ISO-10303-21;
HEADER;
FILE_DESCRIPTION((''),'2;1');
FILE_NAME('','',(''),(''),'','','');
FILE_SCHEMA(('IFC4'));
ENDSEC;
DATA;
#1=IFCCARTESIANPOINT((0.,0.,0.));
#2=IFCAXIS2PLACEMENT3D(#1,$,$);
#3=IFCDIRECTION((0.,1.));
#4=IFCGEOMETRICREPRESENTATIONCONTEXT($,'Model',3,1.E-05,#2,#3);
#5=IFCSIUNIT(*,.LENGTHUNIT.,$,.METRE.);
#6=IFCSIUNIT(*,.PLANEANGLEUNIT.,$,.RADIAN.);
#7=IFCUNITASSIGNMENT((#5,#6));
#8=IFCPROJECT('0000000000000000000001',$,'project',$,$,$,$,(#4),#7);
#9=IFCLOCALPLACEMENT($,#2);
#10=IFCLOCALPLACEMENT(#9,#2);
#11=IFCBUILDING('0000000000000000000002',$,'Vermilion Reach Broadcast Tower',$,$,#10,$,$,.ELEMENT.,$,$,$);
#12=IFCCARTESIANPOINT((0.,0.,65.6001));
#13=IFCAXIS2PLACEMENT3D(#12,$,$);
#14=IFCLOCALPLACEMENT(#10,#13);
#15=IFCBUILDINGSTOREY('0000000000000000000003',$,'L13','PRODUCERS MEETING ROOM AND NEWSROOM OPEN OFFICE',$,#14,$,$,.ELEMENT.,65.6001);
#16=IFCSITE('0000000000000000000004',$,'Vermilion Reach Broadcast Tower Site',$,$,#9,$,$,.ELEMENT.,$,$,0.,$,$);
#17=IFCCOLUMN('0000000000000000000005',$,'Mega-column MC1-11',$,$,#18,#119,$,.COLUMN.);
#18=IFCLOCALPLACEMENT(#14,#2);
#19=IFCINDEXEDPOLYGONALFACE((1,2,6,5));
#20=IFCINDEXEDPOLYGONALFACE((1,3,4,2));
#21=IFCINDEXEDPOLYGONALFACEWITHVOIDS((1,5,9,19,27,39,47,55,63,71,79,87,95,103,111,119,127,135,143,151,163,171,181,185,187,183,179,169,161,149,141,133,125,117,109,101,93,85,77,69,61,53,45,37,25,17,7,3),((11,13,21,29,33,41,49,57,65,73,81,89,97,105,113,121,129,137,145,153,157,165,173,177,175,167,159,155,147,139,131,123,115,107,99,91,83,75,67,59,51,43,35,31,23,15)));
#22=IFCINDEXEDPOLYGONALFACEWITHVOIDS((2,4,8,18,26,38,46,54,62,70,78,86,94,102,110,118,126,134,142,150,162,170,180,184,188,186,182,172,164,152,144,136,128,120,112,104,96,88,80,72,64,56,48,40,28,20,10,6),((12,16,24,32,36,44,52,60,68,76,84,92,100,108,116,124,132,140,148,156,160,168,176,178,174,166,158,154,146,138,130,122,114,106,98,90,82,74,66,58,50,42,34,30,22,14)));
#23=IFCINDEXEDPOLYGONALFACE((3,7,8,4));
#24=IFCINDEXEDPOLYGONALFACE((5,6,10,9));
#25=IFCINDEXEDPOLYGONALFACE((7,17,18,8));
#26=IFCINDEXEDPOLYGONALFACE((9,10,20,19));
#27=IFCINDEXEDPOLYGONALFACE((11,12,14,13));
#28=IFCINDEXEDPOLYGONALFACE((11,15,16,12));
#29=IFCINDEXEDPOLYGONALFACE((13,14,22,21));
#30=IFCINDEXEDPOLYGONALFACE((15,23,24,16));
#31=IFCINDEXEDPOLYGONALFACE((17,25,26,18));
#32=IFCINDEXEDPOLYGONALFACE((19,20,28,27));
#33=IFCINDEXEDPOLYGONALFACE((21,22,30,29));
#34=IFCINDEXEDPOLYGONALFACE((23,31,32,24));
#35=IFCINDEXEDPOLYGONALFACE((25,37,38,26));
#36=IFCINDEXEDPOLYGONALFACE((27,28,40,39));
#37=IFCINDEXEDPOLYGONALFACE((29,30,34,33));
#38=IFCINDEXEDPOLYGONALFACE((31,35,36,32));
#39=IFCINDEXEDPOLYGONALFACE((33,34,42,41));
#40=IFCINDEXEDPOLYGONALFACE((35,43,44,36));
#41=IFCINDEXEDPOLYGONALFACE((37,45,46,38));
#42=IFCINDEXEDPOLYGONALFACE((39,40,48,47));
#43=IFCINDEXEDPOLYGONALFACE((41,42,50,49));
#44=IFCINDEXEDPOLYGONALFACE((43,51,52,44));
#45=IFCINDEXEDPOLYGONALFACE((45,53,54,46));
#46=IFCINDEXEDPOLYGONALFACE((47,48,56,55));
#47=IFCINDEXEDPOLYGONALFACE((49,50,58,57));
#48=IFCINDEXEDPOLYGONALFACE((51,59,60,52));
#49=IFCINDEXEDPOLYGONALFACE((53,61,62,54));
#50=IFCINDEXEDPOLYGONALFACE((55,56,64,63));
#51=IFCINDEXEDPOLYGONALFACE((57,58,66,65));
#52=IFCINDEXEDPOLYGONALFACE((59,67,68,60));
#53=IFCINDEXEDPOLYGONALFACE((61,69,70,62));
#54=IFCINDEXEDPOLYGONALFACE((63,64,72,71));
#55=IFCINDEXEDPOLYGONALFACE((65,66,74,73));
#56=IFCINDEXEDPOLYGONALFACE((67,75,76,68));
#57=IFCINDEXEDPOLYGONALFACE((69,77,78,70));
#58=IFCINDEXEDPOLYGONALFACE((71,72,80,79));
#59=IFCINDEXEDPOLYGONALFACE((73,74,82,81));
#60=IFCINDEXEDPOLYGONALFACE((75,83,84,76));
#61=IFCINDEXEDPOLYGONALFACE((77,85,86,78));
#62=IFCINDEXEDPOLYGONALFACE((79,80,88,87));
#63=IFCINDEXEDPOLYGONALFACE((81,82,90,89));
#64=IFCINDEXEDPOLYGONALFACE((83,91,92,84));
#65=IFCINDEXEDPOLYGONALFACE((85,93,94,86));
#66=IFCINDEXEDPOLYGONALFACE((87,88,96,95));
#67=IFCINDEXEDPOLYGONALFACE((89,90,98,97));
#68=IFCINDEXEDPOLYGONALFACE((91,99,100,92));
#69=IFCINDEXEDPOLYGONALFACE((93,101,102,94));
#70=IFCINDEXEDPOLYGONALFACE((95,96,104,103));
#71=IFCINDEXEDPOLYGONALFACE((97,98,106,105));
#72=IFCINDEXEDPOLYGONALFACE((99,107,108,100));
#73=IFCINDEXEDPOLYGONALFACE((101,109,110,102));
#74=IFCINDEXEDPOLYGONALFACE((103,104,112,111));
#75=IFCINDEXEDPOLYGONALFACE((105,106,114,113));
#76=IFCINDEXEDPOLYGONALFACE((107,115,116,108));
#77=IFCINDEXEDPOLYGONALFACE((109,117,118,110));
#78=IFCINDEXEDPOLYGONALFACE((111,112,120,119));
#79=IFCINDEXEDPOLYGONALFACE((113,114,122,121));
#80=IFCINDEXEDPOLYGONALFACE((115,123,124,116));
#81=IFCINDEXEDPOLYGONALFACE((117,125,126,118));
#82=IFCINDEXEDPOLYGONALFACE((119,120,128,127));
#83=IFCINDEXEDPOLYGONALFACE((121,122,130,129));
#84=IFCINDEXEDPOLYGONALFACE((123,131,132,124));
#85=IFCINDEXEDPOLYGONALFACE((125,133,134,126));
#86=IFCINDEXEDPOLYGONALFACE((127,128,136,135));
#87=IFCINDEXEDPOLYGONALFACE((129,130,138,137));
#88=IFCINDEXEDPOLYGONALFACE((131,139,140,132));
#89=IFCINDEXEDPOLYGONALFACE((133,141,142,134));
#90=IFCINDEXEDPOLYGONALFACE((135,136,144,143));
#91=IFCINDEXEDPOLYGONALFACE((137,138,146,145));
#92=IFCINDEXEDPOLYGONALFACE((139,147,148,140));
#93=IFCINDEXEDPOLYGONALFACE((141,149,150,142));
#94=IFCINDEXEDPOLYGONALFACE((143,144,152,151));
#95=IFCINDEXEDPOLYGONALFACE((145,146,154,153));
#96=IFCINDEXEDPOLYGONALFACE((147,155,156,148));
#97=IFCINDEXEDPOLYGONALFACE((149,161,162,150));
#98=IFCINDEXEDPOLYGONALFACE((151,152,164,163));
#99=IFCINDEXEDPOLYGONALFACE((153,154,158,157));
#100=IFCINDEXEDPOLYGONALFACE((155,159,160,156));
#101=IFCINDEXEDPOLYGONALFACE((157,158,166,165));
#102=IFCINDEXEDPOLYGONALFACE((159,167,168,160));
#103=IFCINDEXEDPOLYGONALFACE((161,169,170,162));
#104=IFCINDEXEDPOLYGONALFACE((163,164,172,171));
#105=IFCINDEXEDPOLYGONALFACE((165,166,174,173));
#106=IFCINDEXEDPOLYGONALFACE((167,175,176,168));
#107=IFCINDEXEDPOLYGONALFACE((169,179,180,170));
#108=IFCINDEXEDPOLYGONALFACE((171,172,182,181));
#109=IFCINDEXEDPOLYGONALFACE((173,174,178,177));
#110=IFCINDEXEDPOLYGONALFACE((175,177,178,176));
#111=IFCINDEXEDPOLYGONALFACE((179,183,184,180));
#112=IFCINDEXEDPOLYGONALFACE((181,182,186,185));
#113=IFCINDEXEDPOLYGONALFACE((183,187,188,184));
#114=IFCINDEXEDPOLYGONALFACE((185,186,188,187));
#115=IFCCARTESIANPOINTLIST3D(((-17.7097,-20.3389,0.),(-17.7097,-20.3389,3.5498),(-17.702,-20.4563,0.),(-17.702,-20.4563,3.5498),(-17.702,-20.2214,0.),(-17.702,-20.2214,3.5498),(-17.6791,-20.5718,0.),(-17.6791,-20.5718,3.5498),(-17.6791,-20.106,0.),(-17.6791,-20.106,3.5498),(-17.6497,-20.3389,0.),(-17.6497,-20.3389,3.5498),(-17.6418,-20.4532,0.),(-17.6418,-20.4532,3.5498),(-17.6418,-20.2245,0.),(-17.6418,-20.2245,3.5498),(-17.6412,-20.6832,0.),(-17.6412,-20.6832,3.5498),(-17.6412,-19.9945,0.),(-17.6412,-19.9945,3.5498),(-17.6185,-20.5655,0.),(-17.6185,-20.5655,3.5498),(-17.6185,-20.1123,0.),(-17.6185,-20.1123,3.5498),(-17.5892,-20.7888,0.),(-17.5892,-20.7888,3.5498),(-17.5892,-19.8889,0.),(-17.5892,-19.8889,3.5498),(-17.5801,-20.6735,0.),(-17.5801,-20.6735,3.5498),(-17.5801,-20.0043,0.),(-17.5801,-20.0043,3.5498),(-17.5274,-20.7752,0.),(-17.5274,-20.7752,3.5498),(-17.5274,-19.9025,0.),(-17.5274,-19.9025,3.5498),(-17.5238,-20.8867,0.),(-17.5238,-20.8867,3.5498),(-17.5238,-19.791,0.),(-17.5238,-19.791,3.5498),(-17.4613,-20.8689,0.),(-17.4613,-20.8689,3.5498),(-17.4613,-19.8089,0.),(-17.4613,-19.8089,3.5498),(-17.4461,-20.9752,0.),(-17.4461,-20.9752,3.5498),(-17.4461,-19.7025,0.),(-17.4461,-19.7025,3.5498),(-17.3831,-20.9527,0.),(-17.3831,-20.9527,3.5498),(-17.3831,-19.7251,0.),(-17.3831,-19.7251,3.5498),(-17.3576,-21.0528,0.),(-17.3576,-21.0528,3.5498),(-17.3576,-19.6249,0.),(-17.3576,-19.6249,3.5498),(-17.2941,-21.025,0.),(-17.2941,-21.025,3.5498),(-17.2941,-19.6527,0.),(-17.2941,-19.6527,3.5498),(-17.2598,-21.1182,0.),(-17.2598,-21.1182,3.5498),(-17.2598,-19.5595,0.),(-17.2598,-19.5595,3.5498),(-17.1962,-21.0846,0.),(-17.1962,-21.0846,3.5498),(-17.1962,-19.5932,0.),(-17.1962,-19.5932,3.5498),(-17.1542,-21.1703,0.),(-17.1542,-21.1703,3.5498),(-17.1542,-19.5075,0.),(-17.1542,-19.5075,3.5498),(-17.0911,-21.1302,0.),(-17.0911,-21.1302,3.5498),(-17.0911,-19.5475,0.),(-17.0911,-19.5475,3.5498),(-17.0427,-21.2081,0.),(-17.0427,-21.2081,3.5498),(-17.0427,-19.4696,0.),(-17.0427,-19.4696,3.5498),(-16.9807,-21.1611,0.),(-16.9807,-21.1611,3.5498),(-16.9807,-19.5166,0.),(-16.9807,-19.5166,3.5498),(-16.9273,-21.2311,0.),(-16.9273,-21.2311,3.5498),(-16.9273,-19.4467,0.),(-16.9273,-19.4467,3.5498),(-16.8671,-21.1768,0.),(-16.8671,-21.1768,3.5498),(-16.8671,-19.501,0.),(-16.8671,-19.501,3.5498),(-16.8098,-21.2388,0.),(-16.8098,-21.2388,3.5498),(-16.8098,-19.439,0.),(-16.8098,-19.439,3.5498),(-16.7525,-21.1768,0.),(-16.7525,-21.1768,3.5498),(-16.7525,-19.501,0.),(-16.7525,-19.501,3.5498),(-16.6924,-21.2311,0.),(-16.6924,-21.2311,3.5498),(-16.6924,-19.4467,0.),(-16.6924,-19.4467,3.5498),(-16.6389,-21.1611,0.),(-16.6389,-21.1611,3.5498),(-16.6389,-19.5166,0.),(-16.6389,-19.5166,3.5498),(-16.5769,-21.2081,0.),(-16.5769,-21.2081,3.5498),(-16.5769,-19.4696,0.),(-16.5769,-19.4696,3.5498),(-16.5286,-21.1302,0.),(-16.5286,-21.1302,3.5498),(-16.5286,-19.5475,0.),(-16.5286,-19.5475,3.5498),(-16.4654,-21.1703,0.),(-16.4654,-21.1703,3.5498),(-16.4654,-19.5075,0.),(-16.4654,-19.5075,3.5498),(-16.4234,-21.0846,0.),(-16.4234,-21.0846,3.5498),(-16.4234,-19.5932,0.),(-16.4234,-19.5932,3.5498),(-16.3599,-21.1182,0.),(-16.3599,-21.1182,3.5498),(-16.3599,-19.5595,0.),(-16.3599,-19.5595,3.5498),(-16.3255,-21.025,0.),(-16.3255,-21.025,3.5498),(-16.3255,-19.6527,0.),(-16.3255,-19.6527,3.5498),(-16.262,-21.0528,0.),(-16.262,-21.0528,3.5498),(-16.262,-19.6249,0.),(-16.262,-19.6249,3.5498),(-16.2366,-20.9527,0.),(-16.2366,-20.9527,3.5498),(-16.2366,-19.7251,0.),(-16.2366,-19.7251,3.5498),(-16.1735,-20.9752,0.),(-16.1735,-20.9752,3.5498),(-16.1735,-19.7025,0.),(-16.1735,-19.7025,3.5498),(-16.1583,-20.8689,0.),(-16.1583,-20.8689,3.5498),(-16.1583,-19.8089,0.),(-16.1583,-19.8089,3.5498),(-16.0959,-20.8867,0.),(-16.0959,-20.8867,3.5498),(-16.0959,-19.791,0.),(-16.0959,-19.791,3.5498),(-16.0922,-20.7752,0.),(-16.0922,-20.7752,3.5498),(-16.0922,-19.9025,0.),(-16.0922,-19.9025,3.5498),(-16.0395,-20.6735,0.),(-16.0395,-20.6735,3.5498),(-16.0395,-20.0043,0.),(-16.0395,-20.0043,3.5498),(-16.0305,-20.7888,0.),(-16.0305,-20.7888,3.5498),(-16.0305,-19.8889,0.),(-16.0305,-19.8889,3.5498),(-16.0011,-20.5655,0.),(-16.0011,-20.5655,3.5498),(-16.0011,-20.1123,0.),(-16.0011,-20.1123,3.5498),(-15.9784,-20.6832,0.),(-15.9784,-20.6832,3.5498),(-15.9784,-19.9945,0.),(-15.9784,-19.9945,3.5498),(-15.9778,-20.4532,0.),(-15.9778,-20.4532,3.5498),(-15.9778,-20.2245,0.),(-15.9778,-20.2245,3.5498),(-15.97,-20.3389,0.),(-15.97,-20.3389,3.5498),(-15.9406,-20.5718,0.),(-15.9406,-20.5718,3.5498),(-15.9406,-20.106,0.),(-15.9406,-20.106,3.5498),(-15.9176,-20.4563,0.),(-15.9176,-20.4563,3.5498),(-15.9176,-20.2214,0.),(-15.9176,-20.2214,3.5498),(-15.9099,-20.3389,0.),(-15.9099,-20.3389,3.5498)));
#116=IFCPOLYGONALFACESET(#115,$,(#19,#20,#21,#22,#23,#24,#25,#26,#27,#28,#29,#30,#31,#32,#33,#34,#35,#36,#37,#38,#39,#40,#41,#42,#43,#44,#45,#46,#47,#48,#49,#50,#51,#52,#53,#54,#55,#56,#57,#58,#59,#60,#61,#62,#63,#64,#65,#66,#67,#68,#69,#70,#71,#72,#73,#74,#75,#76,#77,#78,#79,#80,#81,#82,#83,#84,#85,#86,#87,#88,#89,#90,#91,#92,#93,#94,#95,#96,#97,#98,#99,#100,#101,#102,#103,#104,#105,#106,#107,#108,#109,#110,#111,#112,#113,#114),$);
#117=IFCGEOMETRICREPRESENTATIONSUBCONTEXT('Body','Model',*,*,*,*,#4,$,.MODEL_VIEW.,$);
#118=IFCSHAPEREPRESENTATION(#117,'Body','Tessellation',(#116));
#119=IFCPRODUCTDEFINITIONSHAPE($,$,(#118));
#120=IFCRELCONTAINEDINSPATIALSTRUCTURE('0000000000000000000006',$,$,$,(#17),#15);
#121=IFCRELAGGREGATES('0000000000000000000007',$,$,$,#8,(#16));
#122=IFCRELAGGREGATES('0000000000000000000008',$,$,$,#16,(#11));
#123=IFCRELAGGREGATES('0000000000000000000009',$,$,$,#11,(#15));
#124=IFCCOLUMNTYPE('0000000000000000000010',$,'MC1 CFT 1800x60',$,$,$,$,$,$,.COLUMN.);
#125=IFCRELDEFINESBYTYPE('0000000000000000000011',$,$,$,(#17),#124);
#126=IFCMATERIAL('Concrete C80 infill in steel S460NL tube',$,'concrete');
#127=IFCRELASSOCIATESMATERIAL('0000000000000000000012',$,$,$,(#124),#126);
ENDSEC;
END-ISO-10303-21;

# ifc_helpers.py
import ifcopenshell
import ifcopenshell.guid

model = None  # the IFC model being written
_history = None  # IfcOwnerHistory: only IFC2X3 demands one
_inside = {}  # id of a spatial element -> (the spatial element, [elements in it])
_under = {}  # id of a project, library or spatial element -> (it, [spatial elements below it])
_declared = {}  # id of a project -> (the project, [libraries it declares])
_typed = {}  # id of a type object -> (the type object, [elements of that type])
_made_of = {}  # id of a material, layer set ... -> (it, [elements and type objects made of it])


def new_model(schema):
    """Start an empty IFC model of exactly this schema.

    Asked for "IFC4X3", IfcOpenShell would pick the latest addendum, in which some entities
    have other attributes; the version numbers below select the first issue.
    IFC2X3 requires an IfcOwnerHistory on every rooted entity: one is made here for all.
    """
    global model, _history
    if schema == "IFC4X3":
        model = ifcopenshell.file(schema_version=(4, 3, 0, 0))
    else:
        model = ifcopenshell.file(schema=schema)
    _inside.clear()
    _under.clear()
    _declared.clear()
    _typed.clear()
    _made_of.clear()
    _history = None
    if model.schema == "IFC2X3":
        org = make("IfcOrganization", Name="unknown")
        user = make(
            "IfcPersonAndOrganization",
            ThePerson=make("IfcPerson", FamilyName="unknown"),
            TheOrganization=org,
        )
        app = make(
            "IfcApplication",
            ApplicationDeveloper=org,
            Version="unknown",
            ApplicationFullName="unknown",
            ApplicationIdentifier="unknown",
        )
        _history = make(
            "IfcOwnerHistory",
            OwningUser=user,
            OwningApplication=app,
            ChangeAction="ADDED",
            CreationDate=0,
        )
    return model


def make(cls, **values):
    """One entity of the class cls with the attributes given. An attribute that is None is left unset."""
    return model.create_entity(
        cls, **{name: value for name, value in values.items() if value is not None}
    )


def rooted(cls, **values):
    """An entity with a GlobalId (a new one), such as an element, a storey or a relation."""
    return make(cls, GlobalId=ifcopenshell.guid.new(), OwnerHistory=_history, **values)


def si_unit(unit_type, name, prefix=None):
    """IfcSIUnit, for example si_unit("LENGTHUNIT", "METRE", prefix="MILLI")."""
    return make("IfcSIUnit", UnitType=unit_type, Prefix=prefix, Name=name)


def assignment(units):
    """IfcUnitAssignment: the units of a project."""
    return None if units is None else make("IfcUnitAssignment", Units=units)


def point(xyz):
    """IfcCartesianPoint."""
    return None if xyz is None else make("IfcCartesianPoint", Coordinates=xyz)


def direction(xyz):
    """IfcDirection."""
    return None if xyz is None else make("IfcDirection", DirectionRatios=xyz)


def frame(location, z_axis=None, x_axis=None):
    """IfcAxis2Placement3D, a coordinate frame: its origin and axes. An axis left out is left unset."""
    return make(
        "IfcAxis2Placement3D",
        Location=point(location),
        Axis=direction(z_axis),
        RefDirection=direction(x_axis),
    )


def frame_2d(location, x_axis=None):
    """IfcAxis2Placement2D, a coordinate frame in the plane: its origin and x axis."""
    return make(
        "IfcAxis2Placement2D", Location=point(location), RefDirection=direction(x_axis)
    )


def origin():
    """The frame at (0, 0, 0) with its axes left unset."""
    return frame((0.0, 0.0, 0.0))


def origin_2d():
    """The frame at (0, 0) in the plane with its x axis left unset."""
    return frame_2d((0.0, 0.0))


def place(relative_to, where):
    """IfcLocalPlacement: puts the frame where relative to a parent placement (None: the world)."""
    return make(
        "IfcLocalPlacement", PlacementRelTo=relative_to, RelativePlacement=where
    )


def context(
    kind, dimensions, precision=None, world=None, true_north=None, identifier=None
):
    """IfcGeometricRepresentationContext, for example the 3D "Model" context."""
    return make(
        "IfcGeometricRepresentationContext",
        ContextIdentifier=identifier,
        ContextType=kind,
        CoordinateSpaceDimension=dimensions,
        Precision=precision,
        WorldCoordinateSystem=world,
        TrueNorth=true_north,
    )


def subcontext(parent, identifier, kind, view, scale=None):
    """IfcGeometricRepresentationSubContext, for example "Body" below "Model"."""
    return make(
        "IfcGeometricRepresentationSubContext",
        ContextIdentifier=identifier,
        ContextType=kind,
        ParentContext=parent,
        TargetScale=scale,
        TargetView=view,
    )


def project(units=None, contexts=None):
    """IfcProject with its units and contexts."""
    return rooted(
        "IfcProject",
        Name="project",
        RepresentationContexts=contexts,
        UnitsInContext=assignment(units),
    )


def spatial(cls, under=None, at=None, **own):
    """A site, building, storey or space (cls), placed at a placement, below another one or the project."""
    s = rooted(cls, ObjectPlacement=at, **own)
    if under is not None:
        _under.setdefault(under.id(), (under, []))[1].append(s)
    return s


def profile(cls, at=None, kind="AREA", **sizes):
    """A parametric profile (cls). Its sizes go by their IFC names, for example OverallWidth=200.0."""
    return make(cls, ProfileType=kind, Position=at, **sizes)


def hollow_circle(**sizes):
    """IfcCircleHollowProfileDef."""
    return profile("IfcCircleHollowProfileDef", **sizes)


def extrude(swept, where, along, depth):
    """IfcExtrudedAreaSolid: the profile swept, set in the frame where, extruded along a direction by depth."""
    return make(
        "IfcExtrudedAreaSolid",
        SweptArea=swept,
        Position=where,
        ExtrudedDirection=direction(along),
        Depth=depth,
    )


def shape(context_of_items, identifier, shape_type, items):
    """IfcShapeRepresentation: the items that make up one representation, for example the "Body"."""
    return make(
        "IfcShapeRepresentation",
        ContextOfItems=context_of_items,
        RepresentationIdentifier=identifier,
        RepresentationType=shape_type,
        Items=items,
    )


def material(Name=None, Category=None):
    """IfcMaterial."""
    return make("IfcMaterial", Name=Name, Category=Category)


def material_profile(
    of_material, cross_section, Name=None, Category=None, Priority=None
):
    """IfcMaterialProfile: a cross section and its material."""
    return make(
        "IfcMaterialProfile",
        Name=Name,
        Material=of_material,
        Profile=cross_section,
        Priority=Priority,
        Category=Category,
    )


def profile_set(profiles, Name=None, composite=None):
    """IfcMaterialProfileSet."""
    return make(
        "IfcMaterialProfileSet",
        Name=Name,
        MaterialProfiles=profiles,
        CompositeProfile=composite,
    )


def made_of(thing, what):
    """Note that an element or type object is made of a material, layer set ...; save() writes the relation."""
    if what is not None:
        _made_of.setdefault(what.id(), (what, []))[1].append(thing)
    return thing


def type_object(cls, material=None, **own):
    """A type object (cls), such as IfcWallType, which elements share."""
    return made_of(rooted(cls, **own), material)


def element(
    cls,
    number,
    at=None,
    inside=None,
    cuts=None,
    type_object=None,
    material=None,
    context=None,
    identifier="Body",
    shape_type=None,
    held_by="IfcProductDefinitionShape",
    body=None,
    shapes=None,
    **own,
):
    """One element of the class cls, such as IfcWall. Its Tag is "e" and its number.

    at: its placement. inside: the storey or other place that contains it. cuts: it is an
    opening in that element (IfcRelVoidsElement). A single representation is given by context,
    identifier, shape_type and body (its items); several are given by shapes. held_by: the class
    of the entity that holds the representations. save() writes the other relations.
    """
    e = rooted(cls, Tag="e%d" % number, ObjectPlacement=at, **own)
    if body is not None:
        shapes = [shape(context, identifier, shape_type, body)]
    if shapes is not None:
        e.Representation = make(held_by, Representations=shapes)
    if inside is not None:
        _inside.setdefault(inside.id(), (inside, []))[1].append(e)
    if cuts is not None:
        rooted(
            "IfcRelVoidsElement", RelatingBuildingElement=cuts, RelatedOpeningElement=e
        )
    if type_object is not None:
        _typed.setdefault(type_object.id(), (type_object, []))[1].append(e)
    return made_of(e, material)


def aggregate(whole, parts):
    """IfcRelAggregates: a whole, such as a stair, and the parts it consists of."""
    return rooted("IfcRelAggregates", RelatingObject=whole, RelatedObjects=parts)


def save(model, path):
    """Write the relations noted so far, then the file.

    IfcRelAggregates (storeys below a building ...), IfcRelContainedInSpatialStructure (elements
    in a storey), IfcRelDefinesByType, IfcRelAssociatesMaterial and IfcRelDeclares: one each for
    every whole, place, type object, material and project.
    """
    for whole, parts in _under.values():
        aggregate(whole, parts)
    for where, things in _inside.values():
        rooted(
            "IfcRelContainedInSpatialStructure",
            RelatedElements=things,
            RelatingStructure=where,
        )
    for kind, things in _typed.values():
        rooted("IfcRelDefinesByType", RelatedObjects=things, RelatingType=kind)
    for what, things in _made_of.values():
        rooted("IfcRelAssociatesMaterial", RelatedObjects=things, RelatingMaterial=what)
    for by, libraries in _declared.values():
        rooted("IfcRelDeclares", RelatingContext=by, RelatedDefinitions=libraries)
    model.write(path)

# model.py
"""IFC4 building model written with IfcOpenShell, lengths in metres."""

from ifc_helpers import new_model, si_unit, direction, frame, origin, origin_2d, place, context, subcontext, project, spatial, hollow_circle, extrude, material, material_profile, profile_set, type_object, element, save


model = new_model("IFC4")

# Units and contexts
model_context = context("Model", 3, precision=1e-05, world=origin(), true_north=direction((0.0, 1.0)))
body_context = subcontext(model_context, "Body", "Model", "MODEL_VIEW")
ifc_project = project(units=[si_unit("LENGTHUNIT", "METRE"), si_unit("PLANEANGLEUNIT", "RADIAN")], contexts=[model_context])

# Site, building, storey
site_placement = place(None, origin())
site = spatial("IfcSite", under=ifc_project, at=site_placement, Name="Vermilion Reach Broadcast Tower Site", CompositionType="ELEMENT", RefElevation=0.0)
building_placement = place(site_placement, origin())
building = spatial("IfcBuilding", under=site, at=building_placement, Name="Vermilion Reach Broadcast Tower", CompositionType="ELEMENT")
storey_placement = place(building_placement, frame((0.0, 0.0, 65.6001)))
storey = spatial("IfcBuildingStorey", under=building, at=storey_placement, Name="L13", Description="PRODUCERS MEETING ROOM AND NEWSROOM OPEN OFFICE", CompositionType="ELEMENT", Elevation=65.6001)

# Column
ifc_material_1 = material(Name="Concrete C80 infill in steel S460NL tube", Category="concrete")
ifc_material_profile_1 = material_profile(ifc_material_1, hollow_circle(Radius=0.8999, WallThickness=0.0601, at=origin_2d()), Name="Concrete C80 infill in steel S460NL tube CFT 1800x60")
ifc_profile_set_1 = profile_set([ifc_material_profile_1], Name="Concrete C80 infill in steel S460NL tube")
column_type = type_object("IfcColumnType", Name="MC1 CFT 1800x60", PredefinedType="COLUMN", material=ifc_profile_set_1)
for number, where, z_axis, x_axis, name in (
    (1, (-16.8098, -20.3389, 0.0), (0.0, 0.0, 1.0), (1.0, 0.0, 0.0), "Mega-column MC1-11"),
):
    element("IfcColumn", number, at=place(storey_placement, frame(where, z_axis=z_axis, x_axis=x_axis)), inside=storey, type_object=column_type, Name=name, PredefinedType="COLUMN", context=body_context, shape_type="SweptSolid", body=[
        extrude(hollow_circle(Radius=0.8999, WallThickness=0.0601, at=origin_2d()), origin(), (0.0, 0.0, 1.0), 3.5498),
    ])

save(model, "model.ifc")
